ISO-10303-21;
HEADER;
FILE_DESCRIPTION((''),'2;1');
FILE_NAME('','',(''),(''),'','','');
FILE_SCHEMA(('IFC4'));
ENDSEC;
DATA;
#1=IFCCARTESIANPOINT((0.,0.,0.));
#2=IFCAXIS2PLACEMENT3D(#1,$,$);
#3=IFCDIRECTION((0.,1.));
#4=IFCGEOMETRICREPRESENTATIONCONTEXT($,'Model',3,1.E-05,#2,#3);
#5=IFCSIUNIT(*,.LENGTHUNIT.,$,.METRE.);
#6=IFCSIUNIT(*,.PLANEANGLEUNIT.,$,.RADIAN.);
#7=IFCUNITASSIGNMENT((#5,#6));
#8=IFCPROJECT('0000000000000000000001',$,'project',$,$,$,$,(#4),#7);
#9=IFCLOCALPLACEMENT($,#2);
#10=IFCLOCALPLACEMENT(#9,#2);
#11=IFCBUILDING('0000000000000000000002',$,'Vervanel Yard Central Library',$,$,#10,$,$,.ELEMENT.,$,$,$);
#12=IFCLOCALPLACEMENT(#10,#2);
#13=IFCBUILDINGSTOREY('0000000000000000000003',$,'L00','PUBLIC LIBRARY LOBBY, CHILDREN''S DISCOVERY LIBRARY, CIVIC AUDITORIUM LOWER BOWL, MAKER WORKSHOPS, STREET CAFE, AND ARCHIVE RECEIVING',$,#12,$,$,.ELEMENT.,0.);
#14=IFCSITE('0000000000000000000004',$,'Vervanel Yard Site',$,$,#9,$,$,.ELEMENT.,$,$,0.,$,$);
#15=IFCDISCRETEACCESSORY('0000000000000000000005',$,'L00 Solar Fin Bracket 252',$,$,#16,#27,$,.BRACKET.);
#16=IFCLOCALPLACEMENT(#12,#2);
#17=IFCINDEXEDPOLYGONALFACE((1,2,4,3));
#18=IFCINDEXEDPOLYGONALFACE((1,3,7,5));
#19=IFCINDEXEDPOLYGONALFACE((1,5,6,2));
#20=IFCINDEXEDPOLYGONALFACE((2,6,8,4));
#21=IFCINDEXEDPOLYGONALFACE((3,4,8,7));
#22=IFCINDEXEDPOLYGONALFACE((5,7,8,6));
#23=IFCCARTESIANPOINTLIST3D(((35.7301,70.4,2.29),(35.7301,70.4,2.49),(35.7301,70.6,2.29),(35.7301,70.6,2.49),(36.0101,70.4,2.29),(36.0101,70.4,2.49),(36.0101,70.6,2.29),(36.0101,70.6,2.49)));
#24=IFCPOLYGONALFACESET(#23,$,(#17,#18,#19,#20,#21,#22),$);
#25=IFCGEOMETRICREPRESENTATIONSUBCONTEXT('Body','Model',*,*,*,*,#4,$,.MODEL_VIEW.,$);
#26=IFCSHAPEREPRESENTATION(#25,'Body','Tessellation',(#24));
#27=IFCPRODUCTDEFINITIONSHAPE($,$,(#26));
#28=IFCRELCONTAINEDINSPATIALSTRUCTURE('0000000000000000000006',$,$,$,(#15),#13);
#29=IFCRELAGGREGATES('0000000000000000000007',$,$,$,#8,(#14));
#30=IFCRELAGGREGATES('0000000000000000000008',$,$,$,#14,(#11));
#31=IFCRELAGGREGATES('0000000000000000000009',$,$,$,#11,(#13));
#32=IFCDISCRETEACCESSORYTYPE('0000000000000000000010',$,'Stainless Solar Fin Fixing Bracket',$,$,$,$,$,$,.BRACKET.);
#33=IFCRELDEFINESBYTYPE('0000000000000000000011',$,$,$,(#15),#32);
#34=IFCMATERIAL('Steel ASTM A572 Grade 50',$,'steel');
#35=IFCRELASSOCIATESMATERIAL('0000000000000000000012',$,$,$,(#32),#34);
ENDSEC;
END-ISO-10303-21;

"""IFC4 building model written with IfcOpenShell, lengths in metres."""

from ifc_helpers import new_model, si_unit, direction, frame, origin, origin_2d, place, context, subcontext, project, spatial, rectangle, extrude, material, type_object, element, save


model = new_model("IFC4")

# Units and contexts
model_context = context("Model", 3, precision=1e-05, world=origin(), true_north=direction((0.0, 1.0)))
body_context = subcontext(model_context, "Body", "Model", "MODEL_VIEW")
ifc_project = project(units=[si_unit("LENGTHUNIT", "METRE"), si_unit("PLANEANGLEUNIT", "RADIAN")], contexts=[model_context])

# Site, building, storey
site_placement = place(None, origin())
site = spatial("IfcSite", under=ifc_project, at=site_placement, Name="Vervanel Yard Site", CompositionType="ELEMENT", RefElevation=0.0)
building_placement = place(site_placement, origin())
building = spatial("IfcBuilding", under=site, at=building_placement, Name="Vervanel Yard Central Library", CompositionType="ELEMENT")
storey_placement = place(building_placement, origin())
storey = spatial("IfcBuildingStorey", under=building, at=storey_placement, Name="L00", Description="PUBLIC LIBRARY LOBBY, CHILDREN'S DISCOVERY LIBRARY, CIVIC AUDITORIUM LOWER BOWL, MAKER WORKSHOPS, STREET CAFE, AND ARCHIVE RECEIVING", CompositionType="ELEMENT", Elevation=0.0)

# Discrete accessory
ifc_material_1 = material(Name="Steel ASTM A572 Grade 50", Category="steel")
discrete_accessory_type = type_object("IfcDiscreteAccessoryType", Name="Stainless Solar Fin Fixing Bracket", PredefinedType="BRACKET", material=ifc_material_1)
for number, where, z_axis, x_axis, name in (
    (1, (35.8701, 70.5, 2.29), (0.0, 0.0, 1.0), (0.0, 1.0, 0.0), "L00 Solar Fin Bracket 252"),
):
    element("IfcDiscreteAccessory", number, at=place(storey_placement, frame(where, z_axis=z_axis, x_axis=x_axis)), inside=storey, type_object=discrete_accessory_type, Name=name, PredefinedType="BRACKET", context=body_context, shape_type="SweptSolid", body=[
        extrude(rectangle(XDim=0.2, YDim=0.28, at=origin_2d()), origin(), (0.0, 0.0, 1.0), 0.2),
    ])

save(model, "model.ifc")
